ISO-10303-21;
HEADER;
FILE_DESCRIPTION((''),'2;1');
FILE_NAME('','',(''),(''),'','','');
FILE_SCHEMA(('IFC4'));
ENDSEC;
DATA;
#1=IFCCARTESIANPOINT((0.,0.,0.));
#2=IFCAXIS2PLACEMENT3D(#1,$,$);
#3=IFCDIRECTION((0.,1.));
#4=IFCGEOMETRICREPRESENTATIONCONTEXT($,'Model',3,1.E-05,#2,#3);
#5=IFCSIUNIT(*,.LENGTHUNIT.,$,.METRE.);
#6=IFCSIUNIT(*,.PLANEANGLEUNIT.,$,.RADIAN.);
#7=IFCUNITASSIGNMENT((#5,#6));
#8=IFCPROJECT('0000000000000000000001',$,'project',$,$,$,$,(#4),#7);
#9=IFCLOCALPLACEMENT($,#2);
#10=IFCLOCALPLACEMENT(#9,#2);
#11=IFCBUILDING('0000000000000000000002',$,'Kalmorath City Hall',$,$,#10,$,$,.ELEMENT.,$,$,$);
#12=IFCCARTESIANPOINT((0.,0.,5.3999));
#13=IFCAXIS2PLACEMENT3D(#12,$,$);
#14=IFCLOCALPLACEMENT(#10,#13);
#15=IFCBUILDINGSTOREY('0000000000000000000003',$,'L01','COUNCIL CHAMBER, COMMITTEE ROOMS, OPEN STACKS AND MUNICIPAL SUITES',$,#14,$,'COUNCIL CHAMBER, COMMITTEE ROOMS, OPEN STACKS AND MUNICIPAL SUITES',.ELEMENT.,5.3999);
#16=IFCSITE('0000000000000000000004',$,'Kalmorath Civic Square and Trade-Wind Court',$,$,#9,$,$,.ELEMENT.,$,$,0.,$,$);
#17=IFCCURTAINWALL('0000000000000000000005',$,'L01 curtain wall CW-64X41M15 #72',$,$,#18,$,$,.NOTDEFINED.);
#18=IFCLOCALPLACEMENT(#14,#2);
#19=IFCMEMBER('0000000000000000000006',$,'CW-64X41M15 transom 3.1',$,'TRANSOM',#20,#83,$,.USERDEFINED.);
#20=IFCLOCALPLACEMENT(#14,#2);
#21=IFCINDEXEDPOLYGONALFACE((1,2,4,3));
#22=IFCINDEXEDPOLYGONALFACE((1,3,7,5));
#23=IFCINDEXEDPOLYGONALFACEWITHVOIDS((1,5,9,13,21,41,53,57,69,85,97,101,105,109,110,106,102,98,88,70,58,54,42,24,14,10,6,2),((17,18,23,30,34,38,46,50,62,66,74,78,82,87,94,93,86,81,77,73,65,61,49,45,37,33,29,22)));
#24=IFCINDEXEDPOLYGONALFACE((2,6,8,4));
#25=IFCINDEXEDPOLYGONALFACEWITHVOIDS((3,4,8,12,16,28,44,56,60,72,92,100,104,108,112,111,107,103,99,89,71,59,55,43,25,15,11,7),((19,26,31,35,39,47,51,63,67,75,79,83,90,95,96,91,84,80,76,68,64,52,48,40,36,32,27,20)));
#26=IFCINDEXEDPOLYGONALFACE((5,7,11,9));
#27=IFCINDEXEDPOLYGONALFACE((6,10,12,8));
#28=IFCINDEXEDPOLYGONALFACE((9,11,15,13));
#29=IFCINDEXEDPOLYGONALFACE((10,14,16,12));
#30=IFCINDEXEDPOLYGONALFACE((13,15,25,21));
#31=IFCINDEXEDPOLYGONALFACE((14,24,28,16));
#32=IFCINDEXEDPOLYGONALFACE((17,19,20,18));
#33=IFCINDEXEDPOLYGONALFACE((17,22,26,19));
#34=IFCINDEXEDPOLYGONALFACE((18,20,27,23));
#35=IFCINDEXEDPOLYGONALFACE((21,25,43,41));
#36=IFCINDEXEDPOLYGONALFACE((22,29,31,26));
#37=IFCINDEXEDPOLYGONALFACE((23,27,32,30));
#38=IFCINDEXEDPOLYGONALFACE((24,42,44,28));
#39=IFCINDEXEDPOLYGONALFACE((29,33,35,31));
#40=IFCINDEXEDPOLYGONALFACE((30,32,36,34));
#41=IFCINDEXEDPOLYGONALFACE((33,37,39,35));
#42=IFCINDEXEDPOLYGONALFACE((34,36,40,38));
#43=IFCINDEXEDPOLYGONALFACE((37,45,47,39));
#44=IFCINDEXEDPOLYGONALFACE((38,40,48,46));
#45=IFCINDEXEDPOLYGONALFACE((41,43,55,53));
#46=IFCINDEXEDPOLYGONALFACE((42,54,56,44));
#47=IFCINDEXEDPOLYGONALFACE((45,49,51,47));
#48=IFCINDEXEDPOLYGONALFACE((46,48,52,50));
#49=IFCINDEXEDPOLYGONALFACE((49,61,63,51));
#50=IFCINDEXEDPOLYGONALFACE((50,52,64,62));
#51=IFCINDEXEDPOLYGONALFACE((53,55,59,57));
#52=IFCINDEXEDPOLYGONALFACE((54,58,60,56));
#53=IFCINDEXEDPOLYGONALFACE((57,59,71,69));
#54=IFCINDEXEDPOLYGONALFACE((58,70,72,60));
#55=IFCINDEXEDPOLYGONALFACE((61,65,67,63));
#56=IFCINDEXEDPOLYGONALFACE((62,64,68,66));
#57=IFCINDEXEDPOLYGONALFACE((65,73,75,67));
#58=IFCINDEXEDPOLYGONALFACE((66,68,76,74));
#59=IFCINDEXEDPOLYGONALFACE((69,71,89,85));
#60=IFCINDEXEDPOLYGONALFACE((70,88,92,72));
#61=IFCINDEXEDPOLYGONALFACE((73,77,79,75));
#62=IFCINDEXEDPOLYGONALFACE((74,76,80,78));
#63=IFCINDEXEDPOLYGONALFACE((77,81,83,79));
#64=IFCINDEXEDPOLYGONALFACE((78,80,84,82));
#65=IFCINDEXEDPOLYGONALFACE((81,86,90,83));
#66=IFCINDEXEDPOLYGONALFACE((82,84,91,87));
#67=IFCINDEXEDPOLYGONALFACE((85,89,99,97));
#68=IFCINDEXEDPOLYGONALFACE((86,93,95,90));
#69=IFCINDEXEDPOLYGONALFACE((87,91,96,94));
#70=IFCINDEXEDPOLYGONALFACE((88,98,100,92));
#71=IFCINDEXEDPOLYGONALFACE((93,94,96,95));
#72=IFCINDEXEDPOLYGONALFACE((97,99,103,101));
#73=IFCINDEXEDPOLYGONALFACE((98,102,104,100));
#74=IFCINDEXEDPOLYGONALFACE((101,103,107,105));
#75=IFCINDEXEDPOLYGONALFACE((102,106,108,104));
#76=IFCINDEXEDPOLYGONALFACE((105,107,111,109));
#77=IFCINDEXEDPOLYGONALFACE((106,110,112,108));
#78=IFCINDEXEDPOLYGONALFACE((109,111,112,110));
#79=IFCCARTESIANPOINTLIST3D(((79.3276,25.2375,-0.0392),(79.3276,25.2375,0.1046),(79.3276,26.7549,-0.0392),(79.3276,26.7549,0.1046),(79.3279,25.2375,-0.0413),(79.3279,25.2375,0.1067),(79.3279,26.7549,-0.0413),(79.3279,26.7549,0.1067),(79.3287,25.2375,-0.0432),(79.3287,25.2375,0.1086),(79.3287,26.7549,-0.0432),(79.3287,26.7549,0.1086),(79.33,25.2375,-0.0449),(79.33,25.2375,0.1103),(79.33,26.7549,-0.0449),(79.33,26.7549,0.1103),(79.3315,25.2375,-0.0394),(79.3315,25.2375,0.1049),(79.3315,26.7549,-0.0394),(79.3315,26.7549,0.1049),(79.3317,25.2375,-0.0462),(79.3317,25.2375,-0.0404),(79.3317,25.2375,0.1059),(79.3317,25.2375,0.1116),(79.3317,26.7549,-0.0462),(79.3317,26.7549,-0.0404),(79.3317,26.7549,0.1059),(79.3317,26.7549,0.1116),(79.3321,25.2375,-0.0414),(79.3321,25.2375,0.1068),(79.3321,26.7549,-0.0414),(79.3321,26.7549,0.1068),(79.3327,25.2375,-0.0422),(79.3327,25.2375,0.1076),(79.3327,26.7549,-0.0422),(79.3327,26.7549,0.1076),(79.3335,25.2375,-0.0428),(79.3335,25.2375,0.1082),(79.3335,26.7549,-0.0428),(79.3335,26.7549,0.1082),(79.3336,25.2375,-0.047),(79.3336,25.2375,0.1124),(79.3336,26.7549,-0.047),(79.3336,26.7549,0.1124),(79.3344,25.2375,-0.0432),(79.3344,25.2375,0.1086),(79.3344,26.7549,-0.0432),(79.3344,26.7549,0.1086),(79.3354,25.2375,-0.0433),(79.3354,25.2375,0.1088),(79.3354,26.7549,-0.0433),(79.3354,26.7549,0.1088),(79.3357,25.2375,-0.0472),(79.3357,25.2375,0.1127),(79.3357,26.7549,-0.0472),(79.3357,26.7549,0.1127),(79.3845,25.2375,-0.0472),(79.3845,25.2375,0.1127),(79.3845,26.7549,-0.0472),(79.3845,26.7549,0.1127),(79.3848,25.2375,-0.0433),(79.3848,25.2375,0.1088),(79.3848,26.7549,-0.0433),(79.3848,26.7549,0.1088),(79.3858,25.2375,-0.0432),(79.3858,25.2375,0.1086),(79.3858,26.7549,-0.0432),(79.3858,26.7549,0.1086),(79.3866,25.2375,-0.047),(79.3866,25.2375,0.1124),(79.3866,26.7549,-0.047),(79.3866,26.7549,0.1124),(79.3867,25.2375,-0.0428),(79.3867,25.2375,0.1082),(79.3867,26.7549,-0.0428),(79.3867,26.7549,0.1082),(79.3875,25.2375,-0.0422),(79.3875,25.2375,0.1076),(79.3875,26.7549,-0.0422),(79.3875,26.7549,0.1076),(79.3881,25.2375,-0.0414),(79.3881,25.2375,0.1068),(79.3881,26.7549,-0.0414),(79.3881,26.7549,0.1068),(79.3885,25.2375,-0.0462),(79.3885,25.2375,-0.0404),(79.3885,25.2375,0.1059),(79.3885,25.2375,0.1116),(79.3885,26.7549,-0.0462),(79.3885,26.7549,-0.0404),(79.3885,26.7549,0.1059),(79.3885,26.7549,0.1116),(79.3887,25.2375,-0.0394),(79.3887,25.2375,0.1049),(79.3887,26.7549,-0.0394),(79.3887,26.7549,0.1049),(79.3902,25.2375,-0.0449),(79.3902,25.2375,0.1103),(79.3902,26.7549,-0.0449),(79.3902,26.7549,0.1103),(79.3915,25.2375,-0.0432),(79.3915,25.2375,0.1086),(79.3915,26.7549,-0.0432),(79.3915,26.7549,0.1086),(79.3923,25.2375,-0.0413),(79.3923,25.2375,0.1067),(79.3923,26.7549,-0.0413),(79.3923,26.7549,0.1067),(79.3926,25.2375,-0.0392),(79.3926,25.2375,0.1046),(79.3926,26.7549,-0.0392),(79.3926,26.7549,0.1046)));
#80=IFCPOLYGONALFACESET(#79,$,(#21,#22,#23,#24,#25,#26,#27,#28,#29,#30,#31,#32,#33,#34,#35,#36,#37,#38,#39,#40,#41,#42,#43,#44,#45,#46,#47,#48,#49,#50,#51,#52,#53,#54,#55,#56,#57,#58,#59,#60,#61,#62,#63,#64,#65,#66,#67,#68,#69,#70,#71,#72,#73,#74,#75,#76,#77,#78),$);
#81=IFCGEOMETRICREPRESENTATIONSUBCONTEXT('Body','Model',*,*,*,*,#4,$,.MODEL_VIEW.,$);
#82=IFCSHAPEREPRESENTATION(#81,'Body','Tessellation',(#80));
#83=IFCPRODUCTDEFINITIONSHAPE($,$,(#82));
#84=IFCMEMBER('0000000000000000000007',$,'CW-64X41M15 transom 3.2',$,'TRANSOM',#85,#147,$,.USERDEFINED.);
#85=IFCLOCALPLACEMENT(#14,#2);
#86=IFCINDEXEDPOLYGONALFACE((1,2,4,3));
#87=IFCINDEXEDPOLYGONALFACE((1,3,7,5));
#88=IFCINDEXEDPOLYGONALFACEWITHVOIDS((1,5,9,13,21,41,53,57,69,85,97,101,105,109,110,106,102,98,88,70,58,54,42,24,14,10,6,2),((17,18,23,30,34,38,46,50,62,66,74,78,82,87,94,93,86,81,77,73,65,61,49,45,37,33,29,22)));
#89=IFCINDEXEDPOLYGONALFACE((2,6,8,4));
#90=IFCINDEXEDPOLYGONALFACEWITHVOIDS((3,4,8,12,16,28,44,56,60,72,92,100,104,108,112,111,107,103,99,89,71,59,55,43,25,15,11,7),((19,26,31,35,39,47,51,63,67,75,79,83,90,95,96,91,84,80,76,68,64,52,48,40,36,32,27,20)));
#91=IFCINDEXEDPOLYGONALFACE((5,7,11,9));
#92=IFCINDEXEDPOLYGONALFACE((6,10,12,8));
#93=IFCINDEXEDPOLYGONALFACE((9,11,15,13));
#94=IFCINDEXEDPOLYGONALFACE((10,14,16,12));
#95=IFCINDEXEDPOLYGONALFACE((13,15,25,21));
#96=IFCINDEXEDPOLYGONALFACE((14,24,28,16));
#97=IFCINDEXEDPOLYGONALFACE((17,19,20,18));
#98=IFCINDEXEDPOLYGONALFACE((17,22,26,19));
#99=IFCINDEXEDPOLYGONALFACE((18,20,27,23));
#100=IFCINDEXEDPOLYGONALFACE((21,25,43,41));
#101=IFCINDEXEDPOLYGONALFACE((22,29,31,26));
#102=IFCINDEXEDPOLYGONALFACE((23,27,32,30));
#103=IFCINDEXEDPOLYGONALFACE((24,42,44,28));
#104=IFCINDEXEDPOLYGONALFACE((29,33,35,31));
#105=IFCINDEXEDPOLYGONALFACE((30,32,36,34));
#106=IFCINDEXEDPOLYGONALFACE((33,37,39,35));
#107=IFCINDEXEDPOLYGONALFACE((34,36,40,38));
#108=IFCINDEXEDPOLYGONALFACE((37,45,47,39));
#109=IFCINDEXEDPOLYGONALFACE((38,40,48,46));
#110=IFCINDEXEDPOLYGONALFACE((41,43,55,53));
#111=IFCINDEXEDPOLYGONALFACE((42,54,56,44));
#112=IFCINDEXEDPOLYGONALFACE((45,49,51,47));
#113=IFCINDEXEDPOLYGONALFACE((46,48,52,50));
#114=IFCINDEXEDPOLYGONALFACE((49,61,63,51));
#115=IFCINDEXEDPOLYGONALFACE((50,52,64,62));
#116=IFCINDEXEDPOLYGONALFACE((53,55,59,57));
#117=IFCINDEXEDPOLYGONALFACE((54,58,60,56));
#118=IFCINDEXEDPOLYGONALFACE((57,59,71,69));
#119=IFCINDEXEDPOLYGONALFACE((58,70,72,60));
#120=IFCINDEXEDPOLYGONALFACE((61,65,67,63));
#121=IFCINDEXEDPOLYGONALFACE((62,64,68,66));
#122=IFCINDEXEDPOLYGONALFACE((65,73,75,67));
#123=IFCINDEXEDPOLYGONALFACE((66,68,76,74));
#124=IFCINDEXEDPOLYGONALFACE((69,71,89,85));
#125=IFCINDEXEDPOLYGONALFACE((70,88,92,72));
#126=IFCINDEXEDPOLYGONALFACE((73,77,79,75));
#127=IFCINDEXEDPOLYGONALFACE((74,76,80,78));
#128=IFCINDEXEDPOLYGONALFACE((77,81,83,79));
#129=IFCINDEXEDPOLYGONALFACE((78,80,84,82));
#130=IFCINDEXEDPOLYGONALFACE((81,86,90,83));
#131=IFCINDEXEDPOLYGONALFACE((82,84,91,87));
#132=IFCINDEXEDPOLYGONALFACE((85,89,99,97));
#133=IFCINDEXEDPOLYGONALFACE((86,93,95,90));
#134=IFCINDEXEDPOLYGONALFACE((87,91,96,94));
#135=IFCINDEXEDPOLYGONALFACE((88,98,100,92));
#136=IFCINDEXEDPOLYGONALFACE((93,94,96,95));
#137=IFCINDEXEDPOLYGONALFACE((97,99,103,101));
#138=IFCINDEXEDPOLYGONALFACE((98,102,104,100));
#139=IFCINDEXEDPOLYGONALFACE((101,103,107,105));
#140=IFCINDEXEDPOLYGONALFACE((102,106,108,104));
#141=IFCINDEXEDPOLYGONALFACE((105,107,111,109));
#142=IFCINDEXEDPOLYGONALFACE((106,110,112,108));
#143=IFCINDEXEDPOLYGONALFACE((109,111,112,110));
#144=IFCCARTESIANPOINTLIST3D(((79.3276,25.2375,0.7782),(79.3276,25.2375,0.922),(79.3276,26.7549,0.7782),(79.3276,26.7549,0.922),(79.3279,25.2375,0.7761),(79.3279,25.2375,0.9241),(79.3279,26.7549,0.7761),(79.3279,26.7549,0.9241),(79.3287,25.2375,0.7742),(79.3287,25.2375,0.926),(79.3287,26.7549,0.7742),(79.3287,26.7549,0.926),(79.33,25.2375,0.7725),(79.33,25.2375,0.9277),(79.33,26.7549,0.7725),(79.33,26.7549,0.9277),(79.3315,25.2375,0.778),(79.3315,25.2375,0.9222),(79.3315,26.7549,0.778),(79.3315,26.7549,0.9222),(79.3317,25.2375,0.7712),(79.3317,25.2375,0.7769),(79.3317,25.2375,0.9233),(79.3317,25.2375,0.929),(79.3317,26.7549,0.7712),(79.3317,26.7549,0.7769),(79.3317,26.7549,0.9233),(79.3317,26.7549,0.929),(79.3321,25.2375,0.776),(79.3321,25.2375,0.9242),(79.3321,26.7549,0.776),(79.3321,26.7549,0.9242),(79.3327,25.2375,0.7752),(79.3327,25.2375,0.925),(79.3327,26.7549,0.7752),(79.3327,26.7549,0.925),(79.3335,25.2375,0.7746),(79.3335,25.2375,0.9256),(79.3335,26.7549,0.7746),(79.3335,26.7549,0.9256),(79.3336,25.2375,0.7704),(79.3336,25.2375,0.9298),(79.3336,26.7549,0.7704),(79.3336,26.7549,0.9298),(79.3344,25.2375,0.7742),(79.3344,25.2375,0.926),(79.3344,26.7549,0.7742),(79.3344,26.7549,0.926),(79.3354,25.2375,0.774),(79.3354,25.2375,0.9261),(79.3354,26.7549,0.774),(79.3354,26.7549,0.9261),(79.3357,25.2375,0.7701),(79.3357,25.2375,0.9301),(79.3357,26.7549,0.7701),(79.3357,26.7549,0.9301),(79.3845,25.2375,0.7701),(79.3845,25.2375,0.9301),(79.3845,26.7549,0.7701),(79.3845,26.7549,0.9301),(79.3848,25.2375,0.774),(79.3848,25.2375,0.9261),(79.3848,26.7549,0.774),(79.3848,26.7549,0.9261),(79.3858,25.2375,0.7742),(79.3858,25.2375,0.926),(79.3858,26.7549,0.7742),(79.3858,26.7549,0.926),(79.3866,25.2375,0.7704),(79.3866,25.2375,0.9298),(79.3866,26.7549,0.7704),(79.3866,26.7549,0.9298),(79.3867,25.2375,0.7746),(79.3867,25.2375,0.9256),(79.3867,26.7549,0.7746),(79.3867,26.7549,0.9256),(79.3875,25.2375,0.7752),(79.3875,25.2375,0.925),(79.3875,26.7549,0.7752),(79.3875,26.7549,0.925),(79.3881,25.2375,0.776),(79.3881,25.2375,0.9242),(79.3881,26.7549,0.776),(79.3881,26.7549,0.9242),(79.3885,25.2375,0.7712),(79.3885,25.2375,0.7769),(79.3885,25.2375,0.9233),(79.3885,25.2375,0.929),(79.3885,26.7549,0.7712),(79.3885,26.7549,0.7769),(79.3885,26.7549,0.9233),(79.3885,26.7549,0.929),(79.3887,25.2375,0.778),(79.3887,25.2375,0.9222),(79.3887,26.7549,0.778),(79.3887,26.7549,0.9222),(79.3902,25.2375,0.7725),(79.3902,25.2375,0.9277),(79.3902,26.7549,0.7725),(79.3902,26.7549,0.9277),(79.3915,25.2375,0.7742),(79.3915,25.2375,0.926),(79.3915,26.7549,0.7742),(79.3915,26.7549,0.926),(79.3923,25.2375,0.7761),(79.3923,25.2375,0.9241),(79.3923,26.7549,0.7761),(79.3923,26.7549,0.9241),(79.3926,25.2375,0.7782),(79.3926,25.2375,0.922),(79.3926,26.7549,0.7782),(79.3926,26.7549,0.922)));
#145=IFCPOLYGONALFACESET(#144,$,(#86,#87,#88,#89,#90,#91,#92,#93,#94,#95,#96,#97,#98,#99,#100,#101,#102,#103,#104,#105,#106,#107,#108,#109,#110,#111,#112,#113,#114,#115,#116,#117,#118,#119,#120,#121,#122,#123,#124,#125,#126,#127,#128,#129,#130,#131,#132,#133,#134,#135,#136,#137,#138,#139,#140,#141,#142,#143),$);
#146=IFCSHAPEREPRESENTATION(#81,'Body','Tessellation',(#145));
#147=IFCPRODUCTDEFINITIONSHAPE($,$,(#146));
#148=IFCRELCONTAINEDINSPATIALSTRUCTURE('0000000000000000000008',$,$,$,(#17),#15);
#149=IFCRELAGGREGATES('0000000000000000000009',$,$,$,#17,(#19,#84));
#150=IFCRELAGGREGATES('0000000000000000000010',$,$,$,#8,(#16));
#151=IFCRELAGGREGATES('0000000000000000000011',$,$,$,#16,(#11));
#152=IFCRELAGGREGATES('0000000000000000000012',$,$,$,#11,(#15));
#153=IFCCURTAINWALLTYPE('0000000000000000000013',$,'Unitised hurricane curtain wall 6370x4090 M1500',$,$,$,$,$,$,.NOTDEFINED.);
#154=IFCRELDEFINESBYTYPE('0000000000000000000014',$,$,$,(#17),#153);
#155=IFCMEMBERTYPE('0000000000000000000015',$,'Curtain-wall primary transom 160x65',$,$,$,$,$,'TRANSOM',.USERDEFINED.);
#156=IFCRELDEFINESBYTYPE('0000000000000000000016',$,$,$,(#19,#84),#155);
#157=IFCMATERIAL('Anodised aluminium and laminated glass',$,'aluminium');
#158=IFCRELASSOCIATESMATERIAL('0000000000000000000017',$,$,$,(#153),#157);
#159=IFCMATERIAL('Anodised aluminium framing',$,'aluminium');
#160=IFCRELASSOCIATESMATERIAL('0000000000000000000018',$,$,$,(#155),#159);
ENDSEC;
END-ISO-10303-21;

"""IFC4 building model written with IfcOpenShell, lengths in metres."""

from ifc_helpers import new_model, si_unit, direction, frame, origin, origin_2d, place, context, subcontext, project, spatial, hollow_rectangle, extrude, material, material_profile, profile_set, type_object, element, aggregate, save


model = new_model("IFC4")

# Units and contexts
model_context = context("Model", 3, precision=1e-05, world=origin(), true_north=direction((0.0, 1.0)))
body_context = subcontext(model_context, "Body", "Model", "MODEL_VIEW")
ifc_project = project(units=[si_unit("LENGTHUNIT", "METRE"), si_unit("PLANEANGLEUNIT", "RADIAN")], contexts=[model_context])

# Site, building, storey
site_placement = place(None, origin())
site = spatial("IfcSite", under=ifc_project, at=site_placement, Name="Kalmorath Civic Square and Trade-Wind Court", CompositionType="ELEMENT", RefElevation=0.0)
building_placement = place(site_placement, origin())
building = spatial("IfcBuilding", under=site, at=building_placement, Name="Kalmorath City Hall", CompositionType="ELEMENT")
storey_placement = place(building_placement, frame((0.0, 0.0, 5.3999)))
storey = spatial("IfcBuildingStorey", under=building, at=storey_placement, Name="L01", Description="COUNCIL CHAMBER, COMMITTEE ROOMS, OPEN STACKS AND MUNICIPAL SUITES", LongName="COUNCIL CHAMBER, COMMITTEE ROOMS, OPEN STACKS AND MUNICIPAL SUITES", CompositionType="ELEMENT", Elevation=5.3999)

# Curtain wall
ifc_material_1 = material(Name="Anodised aluminium and laminated glass", Category="aluminium")
curtain_wall_type_1 = type_object("IfcCurtainWallType", Name="Unitised hurricane curtain wall 6370x4090 M1500", PredefinedType="NOTDEFINED", material=ifc_material_1)
curtain_wall_1_placement = place(storey_placement, origin())
curtain_wall_1 = element("IfcCurtainWall", 1, at=curtain_wall_1_placement, inside=storey, type_object=curtain_wall_type_1, Name="L01 curtain wall CW-64X41M15 #72", PredefinedType="NOTDEFINED")

# Members
ifc_material_2 = material(Name="Anodised aluminium framing", Category="aluminium")
ifc_material_profile_1 = material_profile(ifc_material_2, hollow_rectangle(XDim=0.0649, YDim=0.1599, WallThickness=0.0039, InnerFilletRadius=0.0039, OuterFilletRadius=0.0081, at=origin_2d()), Name="ALU-TRN-160X65X4")
ifc_profile_set_1 = profile_set([ifc_material_profile_1], Name="Anodised aluminium framing")
member_type_1 = type_object("IfcMemberType", Name="Curtain-wall primary transom 160x65", ElementType="TRANSOM", PredefinedType="USERDEFINED", material=ifc_profile_set_1)
member_1_placement = place(storey_placement, frame((79.3601, 25.2375, 0.0327), z_axis=(0.0, 1.0, 0.0), x_axis=(-1.0, 0.0, 0.0)))
member_1 = element("IfcMember", 2, at=member_1_placement, type_object=member_type_1, Name="CW-64X41M15 transom 3.1", ObjectType="TRANSOM", PredefinedType="USERDEFINED", context=body_context, shape_type="SweptSolid", body=[
    extrude(hollow_rectangle(XDim=0.0649, YDim=0.1599, WallThickness=0.0039, InnerFilletRadius=0.0039, OuterFilletRadius=0.0081, at=origin_2d()), origin(), (0.0, 0.0, 1.0), 1.5173),
])
member_2_placement = place(storey_placement, frame((79.3601, 25.2375, 0.8501), z_axis=(0.0, 1.0, 0.0), x_axis=(-1.0, 0.0, 0.0)))
member_2 = element("IfcMember", 3, at=member_2_placement, type_object=member_type_1, Name="CW-64X41M15 transom 3.2", ObjectType="TRANSOM", PredefinedType="USERDEFINED", context=body_context, shape_type="SweptSolid", body=[
    extrude(hollow_rectangle(XDim=0.0649, YDim=0.1599, WallThickness=0.0039, InnerFilletRadius=0.0039, OuterFilletRadius=0.0081, at=origin_2d()), origin(), (0.0, 0.0, 1.0), 1.5173),
])

aggregate(curtain_wall_1, [member_1, member_2])

save(model, "model.ifc")
